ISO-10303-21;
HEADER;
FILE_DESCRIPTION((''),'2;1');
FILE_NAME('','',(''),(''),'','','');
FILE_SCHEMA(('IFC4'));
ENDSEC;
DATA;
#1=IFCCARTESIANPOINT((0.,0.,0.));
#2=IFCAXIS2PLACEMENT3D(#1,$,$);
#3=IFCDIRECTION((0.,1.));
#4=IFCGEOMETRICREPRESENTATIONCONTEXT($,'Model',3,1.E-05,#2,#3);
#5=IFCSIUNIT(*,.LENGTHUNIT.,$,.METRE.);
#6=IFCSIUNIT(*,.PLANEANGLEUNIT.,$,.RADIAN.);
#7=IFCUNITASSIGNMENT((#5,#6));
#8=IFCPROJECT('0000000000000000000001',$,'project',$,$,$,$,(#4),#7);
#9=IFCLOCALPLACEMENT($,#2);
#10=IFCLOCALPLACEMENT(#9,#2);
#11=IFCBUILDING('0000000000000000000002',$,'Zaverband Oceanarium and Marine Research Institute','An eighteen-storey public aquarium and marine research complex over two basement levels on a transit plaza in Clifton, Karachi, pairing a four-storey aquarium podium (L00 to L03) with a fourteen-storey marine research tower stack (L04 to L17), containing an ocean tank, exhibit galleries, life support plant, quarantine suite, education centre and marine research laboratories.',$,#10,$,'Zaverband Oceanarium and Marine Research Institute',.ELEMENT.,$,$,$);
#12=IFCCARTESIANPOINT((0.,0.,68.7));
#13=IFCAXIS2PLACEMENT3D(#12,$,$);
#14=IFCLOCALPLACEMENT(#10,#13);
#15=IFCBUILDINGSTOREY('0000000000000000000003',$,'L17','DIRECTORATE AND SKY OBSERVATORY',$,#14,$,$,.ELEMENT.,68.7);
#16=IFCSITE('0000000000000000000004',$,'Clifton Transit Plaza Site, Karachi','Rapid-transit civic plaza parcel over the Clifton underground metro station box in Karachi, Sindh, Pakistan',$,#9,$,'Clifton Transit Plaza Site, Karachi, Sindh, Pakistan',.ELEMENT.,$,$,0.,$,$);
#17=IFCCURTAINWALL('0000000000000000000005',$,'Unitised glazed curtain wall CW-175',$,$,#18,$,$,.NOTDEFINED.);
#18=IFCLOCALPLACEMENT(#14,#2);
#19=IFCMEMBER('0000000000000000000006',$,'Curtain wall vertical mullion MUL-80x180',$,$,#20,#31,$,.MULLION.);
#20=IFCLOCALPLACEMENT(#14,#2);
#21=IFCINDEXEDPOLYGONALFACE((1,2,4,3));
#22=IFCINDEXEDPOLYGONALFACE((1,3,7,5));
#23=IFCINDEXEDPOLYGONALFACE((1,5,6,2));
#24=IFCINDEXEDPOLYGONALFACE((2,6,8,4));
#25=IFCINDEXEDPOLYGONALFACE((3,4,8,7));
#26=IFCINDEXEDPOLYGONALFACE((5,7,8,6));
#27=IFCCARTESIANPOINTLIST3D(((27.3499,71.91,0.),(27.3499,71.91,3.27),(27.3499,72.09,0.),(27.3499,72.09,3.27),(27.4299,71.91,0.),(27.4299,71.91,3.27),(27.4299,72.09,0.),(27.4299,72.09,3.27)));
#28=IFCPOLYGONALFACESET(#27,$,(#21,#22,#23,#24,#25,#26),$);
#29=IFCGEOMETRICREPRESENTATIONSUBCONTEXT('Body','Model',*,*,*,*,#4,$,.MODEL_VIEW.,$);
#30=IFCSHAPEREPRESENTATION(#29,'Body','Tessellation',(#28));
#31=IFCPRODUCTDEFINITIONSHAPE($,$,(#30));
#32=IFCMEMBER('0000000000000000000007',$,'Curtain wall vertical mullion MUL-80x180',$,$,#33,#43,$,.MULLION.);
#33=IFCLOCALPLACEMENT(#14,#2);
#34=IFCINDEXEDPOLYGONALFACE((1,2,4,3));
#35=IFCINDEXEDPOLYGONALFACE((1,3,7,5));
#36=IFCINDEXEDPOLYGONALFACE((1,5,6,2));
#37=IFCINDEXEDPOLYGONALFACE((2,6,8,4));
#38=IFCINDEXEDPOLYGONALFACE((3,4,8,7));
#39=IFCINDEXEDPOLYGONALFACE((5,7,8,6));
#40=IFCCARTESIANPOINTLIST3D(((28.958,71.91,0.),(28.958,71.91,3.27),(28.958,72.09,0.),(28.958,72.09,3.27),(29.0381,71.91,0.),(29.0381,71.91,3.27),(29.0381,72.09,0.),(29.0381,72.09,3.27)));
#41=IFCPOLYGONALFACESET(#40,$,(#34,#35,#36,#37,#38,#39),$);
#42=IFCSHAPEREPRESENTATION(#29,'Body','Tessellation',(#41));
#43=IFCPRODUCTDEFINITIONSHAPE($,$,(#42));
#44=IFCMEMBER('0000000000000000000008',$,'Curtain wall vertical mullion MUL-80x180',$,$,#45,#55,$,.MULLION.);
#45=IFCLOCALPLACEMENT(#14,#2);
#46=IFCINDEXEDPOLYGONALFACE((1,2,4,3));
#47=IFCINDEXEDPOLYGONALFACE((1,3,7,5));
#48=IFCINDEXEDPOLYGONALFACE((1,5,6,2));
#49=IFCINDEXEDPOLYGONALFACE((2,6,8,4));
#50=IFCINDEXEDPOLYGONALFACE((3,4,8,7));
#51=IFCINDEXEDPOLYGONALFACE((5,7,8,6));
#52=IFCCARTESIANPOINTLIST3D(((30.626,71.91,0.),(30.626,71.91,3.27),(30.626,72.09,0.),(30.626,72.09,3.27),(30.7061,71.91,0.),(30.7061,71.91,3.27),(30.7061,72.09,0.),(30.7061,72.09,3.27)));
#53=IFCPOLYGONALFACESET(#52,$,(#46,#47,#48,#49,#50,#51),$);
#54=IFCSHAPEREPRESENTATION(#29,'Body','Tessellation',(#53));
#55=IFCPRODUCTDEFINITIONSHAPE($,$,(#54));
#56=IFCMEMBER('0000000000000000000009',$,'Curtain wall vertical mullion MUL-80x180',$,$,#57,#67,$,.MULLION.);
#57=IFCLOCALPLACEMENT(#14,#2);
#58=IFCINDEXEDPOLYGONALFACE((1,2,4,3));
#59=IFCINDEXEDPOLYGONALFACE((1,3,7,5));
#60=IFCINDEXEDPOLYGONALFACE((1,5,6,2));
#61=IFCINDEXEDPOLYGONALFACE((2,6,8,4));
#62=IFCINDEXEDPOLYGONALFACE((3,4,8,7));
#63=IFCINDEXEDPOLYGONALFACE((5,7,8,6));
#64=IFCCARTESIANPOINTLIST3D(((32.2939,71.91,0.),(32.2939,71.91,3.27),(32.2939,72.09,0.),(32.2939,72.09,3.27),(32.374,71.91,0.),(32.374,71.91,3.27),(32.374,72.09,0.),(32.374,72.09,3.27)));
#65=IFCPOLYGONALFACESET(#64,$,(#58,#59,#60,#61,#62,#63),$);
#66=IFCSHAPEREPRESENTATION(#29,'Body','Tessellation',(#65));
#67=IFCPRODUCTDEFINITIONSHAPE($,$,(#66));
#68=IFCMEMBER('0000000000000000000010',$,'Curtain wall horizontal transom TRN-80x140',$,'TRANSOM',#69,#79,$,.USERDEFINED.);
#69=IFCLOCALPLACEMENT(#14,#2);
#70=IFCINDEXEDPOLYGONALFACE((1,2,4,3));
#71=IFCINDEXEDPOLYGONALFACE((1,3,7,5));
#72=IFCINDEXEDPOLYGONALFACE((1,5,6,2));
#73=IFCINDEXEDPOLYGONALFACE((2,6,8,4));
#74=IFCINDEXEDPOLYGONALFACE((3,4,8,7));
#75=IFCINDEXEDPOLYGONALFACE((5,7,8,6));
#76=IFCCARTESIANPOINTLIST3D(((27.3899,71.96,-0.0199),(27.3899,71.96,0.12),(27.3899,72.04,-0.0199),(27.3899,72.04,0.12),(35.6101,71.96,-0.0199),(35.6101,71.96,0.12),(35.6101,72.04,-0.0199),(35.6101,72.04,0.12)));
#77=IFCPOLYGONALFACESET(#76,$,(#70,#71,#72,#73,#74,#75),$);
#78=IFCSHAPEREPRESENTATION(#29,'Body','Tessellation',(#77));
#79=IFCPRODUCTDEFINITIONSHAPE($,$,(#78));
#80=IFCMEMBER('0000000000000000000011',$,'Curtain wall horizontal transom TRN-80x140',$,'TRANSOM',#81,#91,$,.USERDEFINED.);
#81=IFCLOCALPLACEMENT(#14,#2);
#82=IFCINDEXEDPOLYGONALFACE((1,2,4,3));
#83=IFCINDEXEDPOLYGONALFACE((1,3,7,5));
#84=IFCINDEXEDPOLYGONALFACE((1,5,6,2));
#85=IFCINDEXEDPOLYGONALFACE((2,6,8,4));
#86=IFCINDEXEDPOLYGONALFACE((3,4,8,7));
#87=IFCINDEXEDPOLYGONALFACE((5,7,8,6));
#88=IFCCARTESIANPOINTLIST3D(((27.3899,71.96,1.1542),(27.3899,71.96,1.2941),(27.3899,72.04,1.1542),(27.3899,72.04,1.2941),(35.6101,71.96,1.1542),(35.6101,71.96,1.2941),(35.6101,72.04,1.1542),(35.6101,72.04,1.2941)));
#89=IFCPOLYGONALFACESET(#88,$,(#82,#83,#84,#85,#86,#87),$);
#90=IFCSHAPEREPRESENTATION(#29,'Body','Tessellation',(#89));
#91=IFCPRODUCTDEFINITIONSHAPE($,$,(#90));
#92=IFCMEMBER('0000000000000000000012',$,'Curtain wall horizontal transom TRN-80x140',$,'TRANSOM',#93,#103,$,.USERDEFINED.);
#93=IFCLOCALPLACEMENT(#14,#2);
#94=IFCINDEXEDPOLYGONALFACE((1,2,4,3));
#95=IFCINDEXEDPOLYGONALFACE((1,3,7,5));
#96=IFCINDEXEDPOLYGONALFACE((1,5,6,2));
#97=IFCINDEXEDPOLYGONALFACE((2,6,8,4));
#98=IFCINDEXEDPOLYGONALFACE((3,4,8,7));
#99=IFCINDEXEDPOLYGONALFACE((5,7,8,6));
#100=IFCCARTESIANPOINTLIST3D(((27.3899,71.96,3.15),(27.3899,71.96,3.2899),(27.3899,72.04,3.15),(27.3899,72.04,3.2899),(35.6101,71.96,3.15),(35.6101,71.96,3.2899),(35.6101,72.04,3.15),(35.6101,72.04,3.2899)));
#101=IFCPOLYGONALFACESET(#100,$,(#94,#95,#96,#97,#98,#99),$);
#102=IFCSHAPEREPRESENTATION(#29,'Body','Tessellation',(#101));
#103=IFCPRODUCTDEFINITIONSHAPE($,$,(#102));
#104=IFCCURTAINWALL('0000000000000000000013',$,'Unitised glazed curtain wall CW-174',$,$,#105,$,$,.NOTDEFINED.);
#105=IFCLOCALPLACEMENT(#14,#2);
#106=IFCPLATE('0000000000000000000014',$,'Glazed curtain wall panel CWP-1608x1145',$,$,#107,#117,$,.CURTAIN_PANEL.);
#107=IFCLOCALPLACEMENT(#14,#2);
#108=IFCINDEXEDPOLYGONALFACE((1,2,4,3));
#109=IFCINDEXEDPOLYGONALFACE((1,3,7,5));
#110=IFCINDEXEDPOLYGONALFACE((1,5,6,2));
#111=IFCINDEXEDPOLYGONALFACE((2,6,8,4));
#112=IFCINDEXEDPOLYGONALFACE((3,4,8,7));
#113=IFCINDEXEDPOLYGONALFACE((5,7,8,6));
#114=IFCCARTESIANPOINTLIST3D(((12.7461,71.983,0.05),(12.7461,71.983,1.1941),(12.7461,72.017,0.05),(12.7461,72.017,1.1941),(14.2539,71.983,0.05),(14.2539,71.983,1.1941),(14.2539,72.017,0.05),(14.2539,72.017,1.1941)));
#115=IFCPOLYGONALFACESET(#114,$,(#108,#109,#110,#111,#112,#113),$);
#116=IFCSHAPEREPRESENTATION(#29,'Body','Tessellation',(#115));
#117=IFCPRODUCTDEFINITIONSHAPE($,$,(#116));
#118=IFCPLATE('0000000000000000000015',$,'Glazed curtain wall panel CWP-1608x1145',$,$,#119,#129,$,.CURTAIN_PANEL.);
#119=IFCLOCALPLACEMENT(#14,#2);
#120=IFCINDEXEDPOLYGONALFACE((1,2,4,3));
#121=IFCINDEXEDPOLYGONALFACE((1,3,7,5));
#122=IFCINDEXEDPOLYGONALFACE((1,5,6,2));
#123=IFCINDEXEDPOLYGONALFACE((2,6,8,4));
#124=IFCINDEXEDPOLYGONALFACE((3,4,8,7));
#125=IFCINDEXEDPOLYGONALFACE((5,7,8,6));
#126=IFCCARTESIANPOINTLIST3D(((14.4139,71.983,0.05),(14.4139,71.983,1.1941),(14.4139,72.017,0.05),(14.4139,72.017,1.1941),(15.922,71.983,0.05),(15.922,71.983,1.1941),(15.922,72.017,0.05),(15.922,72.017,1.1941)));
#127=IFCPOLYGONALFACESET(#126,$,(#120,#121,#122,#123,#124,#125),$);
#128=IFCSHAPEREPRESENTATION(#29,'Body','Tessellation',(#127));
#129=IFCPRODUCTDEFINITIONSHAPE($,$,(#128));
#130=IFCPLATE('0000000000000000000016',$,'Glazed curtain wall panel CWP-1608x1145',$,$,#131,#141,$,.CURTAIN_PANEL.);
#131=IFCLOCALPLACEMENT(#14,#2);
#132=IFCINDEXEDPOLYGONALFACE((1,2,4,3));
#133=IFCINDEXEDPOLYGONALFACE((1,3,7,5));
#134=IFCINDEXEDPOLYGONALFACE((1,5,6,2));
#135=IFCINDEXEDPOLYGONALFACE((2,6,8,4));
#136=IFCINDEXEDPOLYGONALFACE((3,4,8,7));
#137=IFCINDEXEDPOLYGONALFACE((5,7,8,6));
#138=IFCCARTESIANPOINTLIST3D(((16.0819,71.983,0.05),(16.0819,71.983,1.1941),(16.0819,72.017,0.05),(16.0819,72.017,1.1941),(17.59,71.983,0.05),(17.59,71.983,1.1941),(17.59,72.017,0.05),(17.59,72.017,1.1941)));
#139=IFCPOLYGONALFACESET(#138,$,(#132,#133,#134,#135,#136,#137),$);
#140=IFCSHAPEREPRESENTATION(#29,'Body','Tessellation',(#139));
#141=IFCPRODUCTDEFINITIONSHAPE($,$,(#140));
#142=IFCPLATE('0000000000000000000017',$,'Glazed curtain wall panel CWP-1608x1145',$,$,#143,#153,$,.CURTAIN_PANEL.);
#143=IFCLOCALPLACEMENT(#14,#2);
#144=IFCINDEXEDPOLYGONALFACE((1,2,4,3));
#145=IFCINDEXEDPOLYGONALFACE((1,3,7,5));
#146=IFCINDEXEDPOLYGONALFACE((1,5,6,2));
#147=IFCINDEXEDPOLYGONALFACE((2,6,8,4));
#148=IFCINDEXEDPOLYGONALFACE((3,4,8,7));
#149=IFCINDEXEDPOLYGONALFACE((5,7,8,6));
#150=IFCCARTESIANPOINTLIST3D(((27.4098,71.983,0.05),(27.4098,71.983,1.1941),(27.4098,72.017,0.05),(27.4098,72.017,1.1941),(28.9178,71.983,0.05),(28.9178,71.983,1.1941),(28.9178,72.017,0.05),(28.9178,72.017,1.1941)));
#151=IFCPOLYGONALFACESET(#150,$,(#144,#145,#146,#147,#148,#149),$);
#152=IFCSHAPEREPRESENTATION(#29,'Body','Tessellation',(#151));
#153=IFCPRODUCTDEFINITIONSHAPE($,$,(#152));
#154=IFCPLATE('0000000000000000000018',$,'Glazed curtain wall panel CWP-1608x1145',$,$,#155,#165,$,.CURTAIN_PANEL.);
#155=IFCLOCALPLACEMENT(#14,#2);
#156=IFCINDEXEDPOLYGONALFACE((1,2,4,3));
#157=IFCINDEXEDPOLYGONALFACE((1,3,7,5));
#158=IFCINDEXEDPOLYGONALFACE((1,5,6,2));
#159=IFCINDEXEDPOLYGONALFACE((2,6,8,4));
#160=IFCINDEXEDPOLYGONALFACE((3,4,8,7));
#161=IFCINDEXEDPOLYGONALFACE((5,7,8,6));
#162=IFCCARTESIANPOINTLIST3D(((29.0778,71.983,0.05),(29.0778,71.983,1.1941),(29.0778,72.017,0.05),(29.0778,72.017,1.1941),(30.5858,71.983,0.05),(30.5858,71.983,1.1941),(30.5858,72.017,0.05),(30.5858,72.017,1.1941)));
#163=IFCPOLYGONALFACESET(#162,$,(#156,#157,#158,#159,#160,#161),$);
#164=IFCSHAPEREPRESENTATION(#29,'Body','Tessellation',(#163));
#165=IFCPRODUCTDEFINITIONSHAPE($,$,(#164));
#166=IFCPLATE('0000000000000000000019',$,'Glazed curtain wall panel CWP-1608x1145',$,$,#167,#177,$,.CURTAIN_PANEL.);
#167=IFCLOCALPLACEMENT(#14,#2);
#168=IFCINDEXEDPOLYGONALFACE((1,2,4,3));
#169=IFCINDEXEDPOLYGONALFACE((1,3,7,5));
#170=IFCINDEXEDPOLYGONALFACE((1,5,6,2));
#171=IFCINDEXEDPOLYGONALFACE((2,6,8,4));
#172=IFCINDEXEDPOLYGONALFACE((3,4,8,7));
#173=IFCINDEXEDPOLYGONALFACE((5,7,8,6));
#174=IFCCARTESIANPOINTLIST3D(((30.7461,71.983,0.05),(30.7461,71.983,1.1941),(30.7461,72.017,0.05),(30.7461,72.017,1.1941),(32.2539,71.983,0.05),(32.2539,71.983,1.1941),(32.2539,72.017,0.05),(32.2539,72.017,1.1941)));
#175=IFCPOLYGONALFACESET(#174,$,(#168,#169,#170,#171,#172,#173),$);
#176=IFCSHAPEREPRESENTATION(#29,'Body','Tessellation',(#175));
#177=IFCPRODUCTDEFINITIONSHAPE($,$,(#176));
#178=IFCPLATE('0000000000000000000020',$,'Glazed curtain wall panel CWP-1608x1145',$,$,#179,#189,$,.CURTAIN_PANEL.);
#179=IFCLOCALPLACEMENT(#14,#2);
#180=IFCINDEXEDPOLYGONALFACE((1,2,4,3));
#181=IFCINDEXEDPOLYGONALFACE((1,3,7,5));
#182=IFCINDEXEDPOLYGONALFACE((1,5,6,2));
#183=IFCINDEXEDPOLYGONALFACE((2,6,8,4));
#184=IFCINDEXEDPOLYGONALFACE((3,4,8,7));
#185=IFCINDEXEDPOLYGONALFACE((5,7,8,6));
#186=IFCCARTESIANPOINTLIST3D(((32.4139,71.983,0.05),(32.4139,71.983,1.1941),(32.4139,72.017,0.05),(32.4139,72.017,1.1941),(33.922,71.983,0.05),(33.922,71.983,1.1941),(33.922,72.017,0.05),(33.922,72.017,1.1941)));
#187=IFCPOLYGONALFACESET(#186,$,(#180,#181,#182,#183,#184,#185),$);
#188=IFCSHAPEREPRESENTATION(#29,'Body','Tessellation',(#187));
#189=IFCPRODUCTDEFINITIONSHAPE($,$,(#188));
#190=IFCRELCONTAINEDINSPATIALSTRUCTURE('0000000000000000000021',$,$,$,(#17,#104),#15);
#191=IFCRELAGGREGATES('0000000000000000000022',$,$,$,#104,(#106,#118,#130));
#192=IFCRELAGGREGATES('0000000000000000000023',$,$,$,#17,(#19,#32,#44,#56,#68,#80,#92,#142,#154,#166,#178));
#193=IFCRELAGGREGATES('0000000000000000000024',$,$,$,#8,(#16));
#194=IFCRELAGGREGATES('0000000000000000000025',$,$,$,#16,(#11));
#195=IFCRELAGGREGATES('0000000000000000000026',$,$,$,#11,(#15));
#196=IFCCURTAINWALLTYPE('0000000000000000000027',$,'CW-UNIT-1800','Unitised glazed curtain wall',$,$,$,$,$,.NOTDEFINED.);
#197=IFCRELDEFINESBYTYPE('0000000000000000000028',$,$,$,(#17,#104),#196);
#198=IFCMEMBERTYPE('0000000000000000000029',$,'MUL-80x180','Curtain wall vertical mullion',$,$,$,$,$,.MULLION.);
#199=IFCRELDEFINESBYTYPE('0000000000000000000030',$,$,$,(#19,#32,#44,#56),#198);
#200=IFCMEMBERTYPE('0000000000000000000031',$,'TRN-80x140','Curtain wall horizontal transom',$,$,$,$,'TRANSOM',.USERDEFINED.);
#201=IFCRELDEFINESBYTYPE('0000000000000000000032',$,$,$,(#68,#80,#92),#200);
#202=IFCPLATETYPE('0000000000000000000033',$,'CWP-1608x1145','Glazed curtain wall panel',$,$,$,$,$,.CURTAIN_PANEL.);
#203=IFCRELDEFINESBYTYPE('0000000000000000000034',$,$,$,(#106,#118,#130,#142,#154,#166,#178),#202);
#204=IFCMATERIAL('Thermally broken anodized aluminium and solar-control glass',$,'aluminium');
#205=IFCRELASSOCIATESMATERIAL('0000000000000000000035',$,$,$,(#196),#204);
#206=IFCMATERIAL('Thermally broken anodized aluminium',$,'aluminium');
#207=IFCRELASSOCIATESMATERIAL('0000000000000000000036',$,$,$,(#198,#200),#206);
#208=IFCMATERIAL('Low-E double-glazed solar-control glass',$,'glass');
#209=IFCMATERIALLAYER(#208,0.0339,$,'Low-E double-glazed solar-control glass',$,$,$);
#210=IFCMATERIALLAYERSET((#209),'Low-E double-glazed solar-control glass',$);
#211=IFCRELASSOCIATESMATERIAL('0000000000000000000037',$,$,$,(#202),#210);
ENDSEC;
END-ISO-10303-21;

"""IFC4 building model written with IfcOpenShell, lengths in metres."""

from ifc_helpers import new_model, si_unit, direction, frame, frame_2d, origin, origin_2d, place, context, subcontext, project, spatial, rectangle, extrude, material, layer, layer_set, material_profile, profile_set, type_object, element, aggregate, save


model = new_model("IFC4")

# Units and contexts
model_context = context("Model", 3, precision=1e-05, world=origin(), true_north=direction((0.0, 1.0)))
body_context = subcontext(model_context, "Body", "Model", "MODEL_VIEW")
ifc_project = project(units=[si_unit("LENGTHUNIT", "METRE"), si_unit("PLANEANGLEUNIT", "RADIAN")], contexts=[model_context])

# Site, building, storey
site_placement = place(None, origin())
site = spatial("IfcSite", under=ifc_project, at=site_placement, Name="Clifton Transit Plaza Site, Karachi", Description="Rapid-transit civic plaza parcel over the Clifton underground metro station box in Karachi, Sindh, Pakistan", LongName="Clifton Transit Plaza Site, Karachi, Sindh, Pakistan", CompositionType="ELEMENT", RefElevation=0.0)
building_placement = place(site_placement, origin())
building = spatial("IfcBuilding", under=site, at=building_placement, Name="Zaverband Oceanarium and Marine Research Institute", Description="An eighteen-storey public aquarium and marine research complex over two basement levels on a transit plaza in Clifton, Karachi, pairing a four-storey aquarium podium (L00 to L03) with a fourteen-storey marine research tower stack (L04 to L17), containing an ocean tank, exhibit galleries, life support plant, quarantine suite, education centre and marine research laboratories.", LongName="Zaverband Oceanarium and Marine Research Institute", CompositionType="ELEMENT")
storey_placement = place(building_placement, frame((0.0, 0.0, 68.7)))
storey = spatial("IfcBuildingStorey", under=building, at=storey_placement, Name="L17", Description="DIRECTORATE AND SKY OBSERVATORY", CompositionType="ELEMENT", Elevation=68.7)

# Curtain wall, members
ifc_material_1 = material(Name="Thermally broken anodized aluminium and solar-control glass", Category="aluminium")
curtain_wall_type = type_object("IfcCurtainWallType", Name="CW-UNIT-1800", Description="Unitised glazed curtain wall", PredefinedType="NOTDEFINED", material=ifc_material_1)
curtain_wall_1_placement = place(storey_placement, origin())
curtain_wall_1 = element("IfcCurtainWall", 1, at=curtain_wall_1_placement, inside=storey, type_object=curtain_wall_type, Name="Unitised glazed curtain wall CW-175", PredefinedType="NOTDEFINED")
ifc_material_2 = material(Name="Thermally broken anodized aluminium", Category="aluminium")
ifc_material_profile_1 = material_profile(ifc_material_2, rectangle(XDim=0.0801, YDim=0.1799, at=origin_2d()), Name="AL-MUL-80x180")
ifc_profile_set_1 = profile_set([ifc_material_profile_1], Name="Thermally broken anodized aluminium")
member_type_1 = type_object("IfcMemberType", Name="MUL-80x180", Description="Curtain wall vertical mullion", PredefinedType="MULLION", material=ifc_profile_set_1)
member_1_placement = place(storey_placement, frame((27.3899, 72.0, 0.0), z_axis=(0.0, 0.0, 1.0), x_axis=(1.0, 0.0, 0.0)))
member_1 = element("IfcMember", 2, at=member_1_placement, type_object=member_type_1, Name="Curtain wall vertical mullion MUL-80x180", PredefinedType="MULLION", context=body_context, shape_type="SweptSolid", body=[
    extrude(rectangle(XDim=0.0801, YDim=0.1799, at=origin_2d()), origin(), (0.0, 0.0, 1.0), 3.27),
])
member_2_placement = place(storey_placement, frame((28.998, 72.0, 0.0), z_axis=(0.0, 0.0, 1.0), x_axis=(1.0, 0.0, 0.0)))
member_2 = element("IfcMember", 3, at=member_2_placement, type_object=member_type_1, Name="Curtain wall vertical mullion MUL-80x180", PredefinedType="MULLION", context=body_context, shape_type="SweptSolid", body=[
    extrude(rectangle(XDim=0.0801, YDim=0.1799, at=origin_2d()), origin(), (0.0, 0.0, 1.0), 3.27),
])
member_3_placement = place(storey_placement, frame((30.666, 72.0, 0.0), z_axis=(0.0, 0.0, 1.0), x_axis=(1.0, 0.0, 0.0)))
member_3 = element("IfcMember", 4, at=member_3_placement, type_object=member_type_1, Name="Curtain wall vertical mullion MUL-80x180", PredefinedType="MULLION", context=body_context, shape_type="SweptSolid", body=[
    extrude(rectangle(XDim=0.0801, YDim=0.1799, at=origin_2d()), origin(), (0.0, 0.0, 1.0), 3.27),
])
member_4_placement = place(storey_placement, frame((32.334, 72.0, 0.0), z_axis=(0.0, 0.0, 1.0), x_axis=(1.0, 0.0, 0.0)))
member_4 = element("IfcMember", 5, at=member_4_placement, type_object=member_type_1, Name="Curtain wall vertical mullion MUL-80x180", PredefinedType="MULLION", context=body_context, shape_type="SweptSolid", body=[
    extrude(rectangle(XDim=0.0801, YDim=0.1799, at=origin_2d()), origin(), (0.0, 0.0, 1.0), 3.27),
])
ifc_material_profile_2 = material_profile(ifc_material_2, rectangle(XDim=0.0801, YDim=0.1399, at=origin_2d()), Name="AL-TRN-80x140")
ifc_profile_set_2 = profile_set([ifc_material_profile_2], Name="Thermally broken anodized aluminium")
member_type_2 = type_object("IfcMemberType", Name="TRN-80x140", Description="Curtain wall horizontal transom", ElementType="TRANSOM", PredefinedType="USERDEFINED", material=ifc_profile_set_2)
member_5_placement = place(storey_placement, frame((27.3899, 72.0, 0.05), z_axis=(1.0, 0.0, 0.0), x_axis=(0.0, 1.0, 0.0)))
member_5 = element("IfcMember", 6, at=member_5_placement, type_object=member_type_2, Name="Curtain wall horizontal transom TRN-80x140", ObjectType="TRANSOM", PredefinedType="USERDEFINED", context=body_context, shape_type="SweptSolid", body=[
    extrude(rectangle(XDim=0.0801, YDim=0.1399, at=origin_2d()), origin(), (0.0, 0.0, 1.0), 8.2202),
])
member_6_placement = place(storey_placement, frame((27.3899, 72.0, 1.2241), z_axis=(1.0, 0.0, 0.0), x_axis=(0.0, 1.0, 0.0)))
member_6 = element("IfcMember", 7, at=member_6_placement, type_object=member_type_2, Name="Curtain wall horizontal transom TRN-80x140", ObjectType="TRANSOM", PredefinedType="USERDEFINED", context=body_context, shape_type="SweptSolid", body=[
    extrude(rectangle(XDim=0.0801, YDim=0.1399, at=origin_2d()), origin(), (0.0, 0.0, 1.0), 8.2202),
])
member_7_placement = place(storey_placement, frame((27.3899, 72.0, 3.22), z_axis=(1.0, 0.0, 0.0), x_axis=(0.0, 1.0, 0.0)))
member_7 = element("IfcMember", 8, at=member_7_placement, type_object=member_type_2, Name="Curtain wall horizontal transom TRN-80x140", ObjectType="TRANSOM", PredefinedType="USERDEFINED", context=body_context, shape_type="SweptSolid", body=[
    extrude(rectangle(XDim=0.0801, YDim=0.1399, at=origin_2d()), origin(), (0.0, 0.0, 1.0), 8.2202),
])

# Curtain wall, plates
curtain_wall_2_placement = place(storey_placement, origin())
curtain_wall_2 = element("IfcCurtainWall", 9, at=curtain_wall_2_placement, inside=storey, type_object=curtain_wall_type, Name="Unitised glazed curtain wall CW-174", PredefinedType="NOTDEFINED")
ifc_material_3 = material(Name="Low-E double-glazed solar-control glass", Category="glass")
ifc_layer_1 = layer(ifc_material_3, 0.0339, Name="Low-E double-glazed solar-control glass")
ifc_layer_set_1 = layer_set([ifc_layer_1], Name="Low-E double-glazed solar-control glass")
plate_type_1 = type_object("IfcPlateType", Name="CWP-1608x1145", Description="Glazed curtain wall panel", PredefinedType="CURTAIN_PANEL", material=ifc_layer_set_1)
plate_1_placement = place(storey_placement, frame((12.7461, 72.0, 0.05), z_axis=(0.0, 0.0, 1.0), x_axis=(1.0, 0.0, 0.0)))
plate_1 = element("IfcPlate", 10, at=plate_1_placement, type_object=plate_type_1, Name="Glazed curtain wall panel CWP-1608x1145", PredefinedType="CURTAIN_PANEL", context=body_context, shape_type="SweptSolid", body=[
    extrude(rectangle(XDim=1.5078, YDim=0.0339, at=frame_2d((0.7539, 0.0))), origin(), (0.0, 0.0, 1.0), 1.144),
])
plate_2_placement = place(storey_placement, frame((14.4141, 72.0, 0.05), z_axis=(0.0, 0.0, 1.0), x_axis=(1.0, 0.0, 0.0)))
plate_2 = element("IfcPlate", 11, at=plate_2_placement, type_object=plate_type_1, Name="Glazed curtain wall panel CWP-1608x1145", PredefinedType="CURTAIN_PANEL", context=body_context, shape_type="SweptSolid", body=[
    extrude(rectangle(XDim=1.5081, YDim=0.0339, at=frame_2d((0.7539, 0.0))), origin(), (0.0, 0.0, 1.0), 1.144),
])
plate_3_placement = place(storey_placement, frame((16.082, 72.0, 0.05), z_axis=(0.0, 0.0, 1.0), x_axis=(1.0, 0.0, 0.0)))
plate_3 = element("IfcPlate", 12, at=plate_3_placement, type_object=plate_type_1, Name="Glazed curtain wall panel CWP-1608x1145", PredefinedType="CURTAIN_PANEL", context=body_context, shape_type="SweptSolid", body=[
    extrude(rectangle(XDim=1.5081, YDim=0.0339, at=frame_2d((0.7539, 0.0))), origin(), (0.0, 0.0, 1.0), 1.144),
])

# Plates
plate_4_placement = place(storey_placement, frame((27.4099, 72.0, 0.05), z_axis=(0.0, 0.0, 1.0), x_axis=(1.0, 0.0, 0.0)))
plate_4 = element("IfcPlate", 13, at=plate_4_placement, type_object=plate_type_1, Name="Glazed curtain wall panel CWP-1608x1145", PredefinedType="CURTAIN_PANEL", context=body_context, shape_type="SweptSolid", body=[
    extrude(rectangle(XDim=1.5081, YDim=0.0339, at=frame_2d((0.7539, 0.0))), origin(), (0.0, 0.0, 1.0), 1.144),
])
plate_5_placement = place(storey_placement, frame((29.0779, 72.0, 0.05), z_axis=(0.0, 0.0, 1.0), x_axis=(1.0, 0.0, 0.0)))
plate_5 = element("IfcPlate", 14, at=plate_5_placement, type_object=plate_type_1, Name="Glazed curtain wall panel CWP-1608x1145", PredefinedType="CURTAIN_PANEL", context=body_context, shape_type="SweptSolid", body=[
    extrude(rectangle(XDim=1.5081, YDim=0.0339, at=frame_2d((0.7539, 0.0))), origin(), (0.0, 0.0, 1.0), 1.144),
])
plate_6_placement = place(storey_placement, frame((30.7461, 72.0, 0.05), z_axis=(0.0, 0.0, 1.0), x_axis=(1.0, 0.0, 0.0)))
plate_6 = element("IfcPlate", 15, at=plate_6_placement, type_object=plate_type_1, Name="Glazed curtain wall panel CWP-1608x1145", PredefinedType="CURTAIN_PANEL", context=body_context, shape_type="SweptSolid", body=[
    extrude(rectangle(XDim=1.5078, YDim=0.0339, at=frame_2d((0.7539, 0.0))), origin(), (0.0, 0.0, 1.0), 1.144),
])
plate_7_placement = place(storey_placement, frame((32.4141, 72.0, 0.05), z_axis=(0.0, 0.0, 1.0), x_axis=(1.0, 0.0, 0.0)))
plate_7 = element("IfcPlate", 16, at=plate_7_placement, type_object=plate_type_1, Name="Glazed curtain wall panel CWP-1608x1145", PredefinedType="CURTAIN_PANEL", context=body_context, shape_type="SweptSolid", body=[
    extrude(rectangle(XDim=1.5081, YDim=0.0339, at=frame_2d((0.7539, 0.0))), origin(), (0.0, 0.0, 1.0), 1.144),
])
aggregate(curtain_wall_2, [plate_1, plate_2, plate_3])
aggregate(curtain_wall_1, [member_1, member_2, member_3, member_4, member_5, member_6, member_7, plate_4, plate_5, plate_6, plate_7])

save(model, "model.ifc")
